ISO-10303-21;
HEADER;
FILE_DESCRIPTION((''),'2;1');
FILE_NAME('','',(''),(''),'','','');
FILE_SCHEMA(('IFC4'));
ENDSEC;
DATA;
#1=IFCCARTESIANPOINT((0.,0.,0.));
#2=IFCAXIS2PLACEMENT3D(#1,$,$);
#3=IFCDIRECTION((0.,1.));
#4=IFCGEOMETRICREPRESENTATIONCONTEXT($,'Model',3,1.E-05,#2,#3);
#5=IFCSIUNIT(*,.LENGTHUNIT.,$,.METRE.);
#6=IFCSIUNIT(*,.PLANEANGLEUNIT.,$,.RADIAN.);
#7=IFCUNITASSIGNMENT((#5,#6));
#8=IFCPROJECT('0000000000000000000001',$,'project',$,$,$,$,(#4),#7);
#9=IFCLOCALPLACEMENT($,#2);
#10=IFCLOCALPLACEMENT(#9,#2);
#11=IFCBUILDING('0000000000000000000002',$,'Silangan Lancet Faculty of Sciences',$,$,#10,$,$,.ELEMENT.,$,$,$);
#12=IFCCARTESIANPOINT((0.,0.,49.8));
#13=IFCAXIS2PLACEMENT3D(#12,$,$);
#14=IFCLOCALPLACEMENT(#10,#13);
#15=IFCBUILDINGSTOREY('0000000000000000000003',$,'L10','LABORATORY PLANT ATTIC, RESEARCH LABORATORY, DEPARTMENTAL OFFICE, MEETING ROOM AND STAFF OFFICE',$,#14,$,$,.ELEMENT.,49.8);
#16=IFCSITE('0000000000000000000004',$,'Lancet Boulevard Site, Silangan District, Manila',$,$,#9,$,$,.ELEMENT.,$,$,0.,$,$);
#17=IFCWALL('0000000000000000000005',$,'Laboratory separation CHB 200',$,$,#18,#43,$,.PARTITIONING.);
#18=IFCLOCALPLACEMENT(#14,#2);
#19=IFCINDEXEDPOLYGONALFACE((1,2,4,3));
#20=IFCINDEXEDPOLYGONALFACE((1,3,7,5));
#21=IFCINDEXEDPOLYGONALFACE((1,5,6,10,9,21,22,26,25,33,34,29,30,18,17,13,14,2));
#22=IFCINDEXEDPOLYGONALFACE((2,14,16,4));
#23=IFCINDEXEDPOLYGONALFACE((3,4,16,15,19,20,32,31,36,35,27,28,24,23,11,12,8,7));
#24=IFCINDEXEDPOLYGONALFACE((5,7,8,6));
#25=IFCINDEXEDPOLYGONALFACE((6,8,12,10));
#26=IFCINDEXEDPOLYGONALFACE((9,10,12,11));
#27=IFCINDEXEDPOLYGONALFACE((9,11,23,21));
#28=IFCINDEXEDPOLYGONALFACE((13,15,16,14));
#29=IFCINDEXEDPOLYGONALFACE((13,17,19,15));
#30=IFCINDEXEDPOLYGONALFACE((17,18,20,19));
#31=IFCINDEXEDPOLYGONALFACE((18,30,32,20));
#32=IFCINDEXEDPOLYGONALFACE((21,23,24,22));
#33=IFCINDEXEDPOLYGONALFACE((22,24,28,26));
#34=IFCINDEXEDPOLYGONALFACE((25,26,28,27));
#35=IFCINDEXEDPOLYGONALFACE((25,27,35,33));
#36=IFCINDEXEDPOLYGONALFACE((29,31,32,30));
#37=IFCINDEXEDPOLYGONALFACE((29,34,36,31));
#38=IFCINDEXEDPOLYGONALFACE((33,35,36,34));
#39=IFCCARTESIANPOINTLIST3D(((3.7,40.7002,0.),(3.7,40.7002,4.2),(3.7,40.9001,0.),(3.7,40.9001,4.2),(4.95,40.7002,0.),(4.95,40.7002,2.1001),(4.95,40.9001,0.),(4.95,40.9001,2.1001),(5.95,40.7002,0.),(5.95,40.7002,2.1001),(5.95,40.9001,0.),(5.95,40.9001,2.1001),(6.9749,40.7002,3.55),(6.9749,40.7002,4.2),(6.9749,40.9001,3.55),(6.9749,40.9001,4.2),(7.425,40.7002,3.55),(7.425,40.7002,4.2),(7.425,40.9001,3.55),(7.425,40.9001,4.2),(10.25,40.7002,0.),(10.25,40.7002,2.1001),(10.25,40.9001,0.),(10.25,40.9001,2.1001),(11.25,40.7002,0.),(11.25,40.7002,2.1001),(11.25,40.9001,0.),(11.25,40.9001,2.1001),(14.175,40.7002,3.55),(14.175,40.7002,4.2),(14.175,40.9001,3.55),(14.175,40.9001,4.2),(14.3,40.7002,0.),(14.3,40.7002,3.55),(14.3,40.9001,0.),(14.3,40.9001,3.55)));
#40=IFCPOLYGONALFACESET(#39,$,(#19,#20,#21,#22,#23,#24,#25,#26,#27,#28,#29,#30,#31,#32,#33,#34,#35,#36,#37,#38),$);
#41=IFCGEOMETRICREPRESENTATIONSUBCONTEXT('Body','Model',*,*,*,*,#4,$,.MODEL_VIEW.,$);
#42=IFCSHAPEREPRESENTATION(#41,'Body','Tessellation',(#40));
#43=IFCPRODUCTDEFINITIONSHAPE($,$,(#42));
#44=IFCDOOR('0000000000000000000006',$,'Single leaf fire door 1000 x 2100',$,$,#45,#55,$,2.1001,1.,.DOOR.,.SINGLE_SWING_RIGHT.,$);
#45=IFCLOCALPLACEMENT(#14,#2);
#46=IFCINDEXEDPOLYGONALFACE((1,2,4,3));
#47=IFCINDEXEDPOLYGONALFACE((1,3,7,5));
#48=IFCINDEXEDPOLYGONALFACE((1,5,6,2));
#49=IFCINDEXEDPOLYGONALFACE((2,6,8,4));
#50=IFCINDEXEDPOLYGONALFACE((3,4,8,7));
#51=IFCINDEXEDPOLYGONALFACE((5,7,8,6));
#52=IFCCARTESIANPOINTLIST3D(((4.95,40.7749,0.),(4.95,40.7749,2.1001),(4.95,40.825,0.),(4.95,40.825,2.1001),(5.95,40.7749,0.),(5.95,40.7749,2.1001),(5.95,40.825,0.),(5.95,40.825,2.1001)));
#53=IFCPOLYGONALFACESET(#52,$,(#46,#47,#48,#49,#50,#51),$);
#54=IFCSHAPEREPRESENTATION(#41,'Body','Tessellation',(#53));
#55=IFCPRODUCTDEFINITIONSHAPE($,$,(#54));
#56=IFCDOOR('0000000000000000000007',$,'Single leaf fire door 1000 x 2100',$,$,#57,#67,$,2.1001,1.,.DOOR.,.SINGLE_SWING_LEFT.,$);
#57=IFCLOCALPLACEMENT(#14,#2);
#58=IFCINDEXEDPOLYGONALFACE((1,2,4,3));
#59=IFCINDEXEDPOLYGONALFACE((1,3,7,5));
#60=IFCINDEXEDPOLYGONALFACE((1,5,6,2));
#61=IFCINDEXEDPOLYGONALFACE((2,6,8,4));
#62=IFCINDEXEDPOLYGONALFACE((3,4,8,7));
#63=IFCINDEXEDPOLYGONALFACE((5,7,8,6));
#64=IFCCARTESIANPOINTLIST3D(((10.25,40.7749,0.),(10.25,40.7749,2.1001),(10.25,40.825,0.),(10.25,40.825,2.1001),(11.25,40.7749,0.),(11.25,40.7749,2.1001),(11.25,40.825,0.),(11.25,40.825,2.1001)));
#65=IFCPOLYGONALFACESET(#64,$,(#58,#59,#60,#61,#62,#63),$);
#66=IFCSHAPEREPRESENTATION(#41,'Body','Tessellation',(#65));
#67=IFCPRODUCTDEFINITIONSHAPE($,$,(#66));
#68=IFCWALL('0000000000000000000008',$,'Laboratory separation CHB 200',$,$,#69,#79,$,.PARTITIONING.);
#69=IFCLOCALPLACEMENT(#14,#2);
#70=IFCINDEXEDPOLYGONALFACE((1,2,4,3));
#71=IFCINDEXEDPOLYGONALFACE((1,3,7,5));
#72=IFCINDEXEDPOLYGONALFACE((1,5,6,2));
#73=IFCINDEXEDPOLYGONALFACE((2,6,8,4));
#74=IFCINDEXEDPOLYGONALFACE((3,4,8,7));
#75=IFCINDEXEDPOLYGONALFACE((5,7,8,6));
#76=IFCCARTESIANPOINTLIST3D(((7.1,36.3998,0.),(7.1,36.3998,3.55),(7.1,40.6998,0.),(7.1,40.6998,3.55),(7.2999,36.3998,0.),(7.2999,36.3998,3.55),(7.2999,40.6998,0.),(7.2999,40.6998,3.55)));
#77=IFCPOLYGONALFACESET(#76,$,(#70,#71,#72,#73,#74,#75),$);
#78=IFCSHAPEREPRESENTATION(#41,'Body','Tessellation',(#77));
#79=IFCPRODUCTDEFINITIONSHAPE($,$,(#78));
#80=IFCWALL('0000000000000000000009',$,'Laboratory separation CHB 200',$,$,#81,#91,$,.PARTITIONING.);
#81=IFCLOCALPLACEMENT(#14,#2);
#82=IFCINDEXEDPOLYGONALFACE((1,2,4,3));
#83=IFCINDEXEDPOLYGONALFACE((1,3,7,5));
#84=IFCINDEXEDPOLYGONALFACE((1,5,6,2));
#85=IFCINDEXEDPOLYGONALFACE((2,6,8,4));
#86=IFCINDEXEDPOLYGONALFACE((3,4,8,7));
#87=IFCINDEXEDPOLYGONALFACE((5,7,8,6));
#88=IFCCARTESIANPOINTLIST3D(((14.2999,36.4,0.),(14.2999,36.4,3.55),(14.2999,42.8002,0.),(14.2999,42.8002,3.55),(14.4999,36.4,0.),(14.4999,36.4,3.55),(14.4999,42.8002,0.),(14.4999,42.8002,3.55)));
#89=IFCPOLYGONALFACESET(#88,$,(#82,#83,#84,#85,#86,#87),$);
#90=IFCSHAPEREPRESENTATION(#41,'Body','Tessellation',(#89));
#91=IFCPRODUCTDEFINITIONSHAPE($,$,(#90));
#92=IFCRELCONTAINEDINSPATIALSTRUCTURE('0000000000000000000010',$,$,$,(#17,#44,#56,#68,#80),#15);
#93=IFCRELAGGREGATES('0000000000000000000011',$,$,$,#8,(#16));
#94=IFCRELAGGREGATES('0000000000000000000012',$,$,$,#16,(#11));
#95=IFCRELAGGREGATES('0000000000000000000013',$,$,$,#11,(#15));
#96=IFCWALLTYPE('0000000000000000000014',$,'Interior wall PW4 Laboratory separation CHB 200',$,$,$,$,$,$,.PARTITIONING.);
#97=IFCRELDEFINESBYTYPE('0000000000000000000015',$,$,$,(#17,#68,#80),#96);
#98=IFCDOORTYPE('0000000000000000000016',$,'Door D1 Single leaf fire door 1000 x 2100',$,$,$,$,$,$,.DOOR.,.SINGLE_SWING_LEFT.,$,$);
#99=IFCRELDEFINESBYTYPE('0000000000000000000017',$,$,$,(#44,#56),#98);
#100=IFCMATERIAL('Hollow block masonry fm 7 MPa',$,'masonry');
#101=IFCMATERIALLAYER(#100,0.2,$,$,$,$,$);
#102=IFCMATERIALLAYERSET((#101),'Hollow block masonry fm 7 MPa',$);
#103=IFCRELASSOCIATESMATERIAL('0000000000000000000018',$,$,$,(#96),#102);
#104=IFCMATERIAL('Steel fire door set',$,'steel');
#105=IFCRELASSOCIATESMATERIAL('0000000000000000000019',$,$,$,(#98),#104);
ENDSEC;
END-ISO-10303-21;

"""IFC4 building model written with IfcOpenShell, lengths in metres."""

from ifc_helpers import new_model, si_unit, direction, frame, frame_2d, origin, place, context, subcontext, project, spatial, polyline, rectangle, outline, extrude, material, layer, layer_set, type_object, element, fill, save


model = new_model("IFC4")

# Units and contexts
model_context = context("Model", 3, precision=1e-05, world=origin(), true_north=direction((0.0, 1.0)))
body_context = subcontext(model_context, "Body", "Model", "MODEL_VIEW")
ifc_project = project(units=[si_unit("LENGTHUNIT", "METRE"), si_unit("PLANEANGLEUNIT", "RADIAN")], contexts=[model_context])

# Site, building, storey
site_placement = place(None, origin())
site = spatial("IfcSite", under=ifc_project, at=site_placement, Name="Lancet Boulevard Site, Silangan District, Manila", CompositionType="ELEMENT", RefElevation=0.0)
building_placement = place(site_placement, origin())
building = spatial("IfcBuilding", under=site, at=building_placement, Name="Silangan Lancet Faculty of Sciences", CompositionType="ELEMENT")
storey_placement = place(building_placement, frame((0.0, 0.0, 49.8)))
storey = spatial("IfcBuildingStorey", under=building, at=storey_placement, Name="L10", Description="LABORATORY PLANT ATTIC, RESEARCH LABORATORY, DEPARTMENTAL OFFICE, MEETING ROOM AND STAFF OFFICE", CompositionType="ELEMENT", Elevation=49.8)

# Wall, openings, doors
ifc_material_1 = material(Name="Hollow block masonry fm 7 MPa", Category="masonry")
ifc_layer_1 = layer(ifc_material_1, 0.2)
ifc_layer_set_1 = layer_set([ifc_layer_1], Name="Hollow block masonry fm 7 MPa")
wall_type_1 = type_object("IfcWallType", Name="Interior wall PW4 Laboratory separation CHB 200", PredefinedType="PARTITIONING", material=ifc_layer_set_1)
wall_1_placement = place(storey_placement, frame((3.7, 40.8, 0.0), z_axis=(0.0, 0.0, 1.0), x_axis=(1.0, 0.0, 0.0)))
wall_1 = element("IfcWall", 1, at=wall_1_placement, inside=storey, type_object=wall_type_1, Name="Laboratory separation CHB 200", PredefinedType="PARTITIONING", context=body_context, shape_type="SweptSolid", body=[
    extrude(outline(polyline([(0.0, 0.0), (10.6001, 0.0), (10.6001, 3.55), (10.4751, 3.55), (10.4751, 4.2), (3.7251, 4.2), (3.7251, 3.55), (3.2749, 3.55), (3.2749, 4.2), (0.0, 4.2), (0.0, 0.0)])), frame((0.0, 0.1001, 0.0), z_axis=(0.0, -1.0, 0.0), x_axis=(1.0, 0.0, 0.0)), (0.0, 0.0, 1.0), 0.2),
])
opening_1_placement = place(wall_1_placement, frame((1.25, 0.0, 0.0)))
opening_1 = element("IfcOpeningElement", 2, at=opening_1_placement, cuts=wall_1, PredefinedType="OPENING", context=body_context, shape_type="SweptSolid", body=[
    extrude(rectangle(XDim=1.0, YDim=2.1001, at=frame_2d((0.5, 1.05))), frame((0.0, 0.1099, 0.0), z_axis=(0.0, -1.0, 0.0), x_axis=(1.0, 0.0, 0.0)), (0.0, 0.0, 1.0), 0.22),
])
opening_2_placement = place(wall_1_placement, frame((6.55, 0.0, 0.0)))
opening_2 = element("IfcOpeningElement", 3, at=opening_2_placement, cuts=wall_1, PredefinedType="OPENING", context=body_context, shape_type="SweptSolid", body=[
    extrude(rectangle(XDim=1.0, YDim=2.1001, at=frame_2d((0.5, 1.05))), frame((0.0, 0.1099, 0.0), z_axis=(0.0, -1.0, 0.0), x_axis=(1.0, 0.0, 0.0)), (0.0, 0.0, 1.0), 0.22),
])
ifc_material_2 = material(Name="Steel fire door set", Category="steel")
door_type = type_object("IfcDoorType", Name="Door D1 Single leaf fire door 1000 x 2100", OperationType="SINGLE_SWING_LEFT", PredefinedType="DOOR", material=ifc_material_2)
door_1_placement = place(opening_1_placement, frame((1.0, 0.0, 0.0), z_axis=(0.0, 0.0, 1.0), x_axis=(-1.0, 0.0, 0.0)))
door_1 = element("IfcDoor", 4, at=door_1_placement, inside=storey, type_object=door_type, Name="Single leaf fire door 1000 x 2100", OperationType="SINGLE_SWING_RIGHT", OverallHeight=2.1001, OverallWidth=1.0, PredefinedType="DOOR", context=body_context, shape_type="SweptSolid", body=[
    extrude(rectangle(XDim=1.0, YDim=2.1001, at=frame_2d((0.5, 1.05))), frame((0.0, 0.0251, 0.0), z_axis=(0.0, -1.0, 0.0), x_axis=(1.0, 0.0, 0.0)), (0.0, 0.0, 1.0), 0.05),
])
fill(opening_1, door_1)
door_2_placement = place(opening_2_placement, frame((1.0, 0.0, 0.0), z_axis=(0.0, 0.0, 1.0), x_axis=(-1.0, 0.0, 0.0)))
door_2 = element("IfcDoor", 5, at=door_2_placement, inside=storey, type_object=door_type, Name="Single leaf fire door 1000 x 2100", OperationType="SINGLE_SWING_LEFT", OverallHeight=2.1001, OverallWidth=1.0, PredefinedType="DOOR", context=body_context, shape_type="SweptSolid", body=[
    extrude(rectangle(XDim=1.0, YDim=2.1001, at=frame_2d((0.5, 1.05))), frame((0.0, 0.0251, 0.0), z_axis=(0.0, -1.0, 0.0), x_axis=(1.0, 0.0, 0.0)), (0.0, 0.0, 1.0), 0.05),
])
fill(opening_2, door_2)

# Walls
wall_2_placement = place(storey_placement, frame((7.2, 36.3999, 0.0), z_axis=(0.0, 0.0, 1.0), x_axis=(0.0, 1.0, 0.0)))
element("IfcWall", 6, at=wall_2_placement, inside=storey, type_object=wall_type_1, Name="Laboratory separation CHB 200", PredefinedType="PARTITIONING", context=body_context, shape_type="SweptSolid", body=[
    extrude(rectangle(XDim=4.3, YDim=0.2, at=frame_2d((2.1499, 0.0))), origin(), (0.0, 0.0, 1.0), 3.55),
])
wall_3_placement = place(storey_placement, frame((14.3999, 36.3999, 0.0), z_axis=(0.0, 0.0, 1.0), x_axis=(0.0, 1.0, 0.0)))
element("IfcWall", 7, at=wall_3_placement, inside=storey, type_object=wall_type_1, Name="Laboratory separation CHB 200", PredefinedType="PARTITIONING", context=body_context, shape_type="SweptSolid", body=[
    extrude(rectangle(XDim=6.4001, YDim=0.2, at=frame_2d((3.2002, 0.0))), origin(), (0.0, 0.0, 1.0), 3.55),
])

save(model, "model.ifc")
